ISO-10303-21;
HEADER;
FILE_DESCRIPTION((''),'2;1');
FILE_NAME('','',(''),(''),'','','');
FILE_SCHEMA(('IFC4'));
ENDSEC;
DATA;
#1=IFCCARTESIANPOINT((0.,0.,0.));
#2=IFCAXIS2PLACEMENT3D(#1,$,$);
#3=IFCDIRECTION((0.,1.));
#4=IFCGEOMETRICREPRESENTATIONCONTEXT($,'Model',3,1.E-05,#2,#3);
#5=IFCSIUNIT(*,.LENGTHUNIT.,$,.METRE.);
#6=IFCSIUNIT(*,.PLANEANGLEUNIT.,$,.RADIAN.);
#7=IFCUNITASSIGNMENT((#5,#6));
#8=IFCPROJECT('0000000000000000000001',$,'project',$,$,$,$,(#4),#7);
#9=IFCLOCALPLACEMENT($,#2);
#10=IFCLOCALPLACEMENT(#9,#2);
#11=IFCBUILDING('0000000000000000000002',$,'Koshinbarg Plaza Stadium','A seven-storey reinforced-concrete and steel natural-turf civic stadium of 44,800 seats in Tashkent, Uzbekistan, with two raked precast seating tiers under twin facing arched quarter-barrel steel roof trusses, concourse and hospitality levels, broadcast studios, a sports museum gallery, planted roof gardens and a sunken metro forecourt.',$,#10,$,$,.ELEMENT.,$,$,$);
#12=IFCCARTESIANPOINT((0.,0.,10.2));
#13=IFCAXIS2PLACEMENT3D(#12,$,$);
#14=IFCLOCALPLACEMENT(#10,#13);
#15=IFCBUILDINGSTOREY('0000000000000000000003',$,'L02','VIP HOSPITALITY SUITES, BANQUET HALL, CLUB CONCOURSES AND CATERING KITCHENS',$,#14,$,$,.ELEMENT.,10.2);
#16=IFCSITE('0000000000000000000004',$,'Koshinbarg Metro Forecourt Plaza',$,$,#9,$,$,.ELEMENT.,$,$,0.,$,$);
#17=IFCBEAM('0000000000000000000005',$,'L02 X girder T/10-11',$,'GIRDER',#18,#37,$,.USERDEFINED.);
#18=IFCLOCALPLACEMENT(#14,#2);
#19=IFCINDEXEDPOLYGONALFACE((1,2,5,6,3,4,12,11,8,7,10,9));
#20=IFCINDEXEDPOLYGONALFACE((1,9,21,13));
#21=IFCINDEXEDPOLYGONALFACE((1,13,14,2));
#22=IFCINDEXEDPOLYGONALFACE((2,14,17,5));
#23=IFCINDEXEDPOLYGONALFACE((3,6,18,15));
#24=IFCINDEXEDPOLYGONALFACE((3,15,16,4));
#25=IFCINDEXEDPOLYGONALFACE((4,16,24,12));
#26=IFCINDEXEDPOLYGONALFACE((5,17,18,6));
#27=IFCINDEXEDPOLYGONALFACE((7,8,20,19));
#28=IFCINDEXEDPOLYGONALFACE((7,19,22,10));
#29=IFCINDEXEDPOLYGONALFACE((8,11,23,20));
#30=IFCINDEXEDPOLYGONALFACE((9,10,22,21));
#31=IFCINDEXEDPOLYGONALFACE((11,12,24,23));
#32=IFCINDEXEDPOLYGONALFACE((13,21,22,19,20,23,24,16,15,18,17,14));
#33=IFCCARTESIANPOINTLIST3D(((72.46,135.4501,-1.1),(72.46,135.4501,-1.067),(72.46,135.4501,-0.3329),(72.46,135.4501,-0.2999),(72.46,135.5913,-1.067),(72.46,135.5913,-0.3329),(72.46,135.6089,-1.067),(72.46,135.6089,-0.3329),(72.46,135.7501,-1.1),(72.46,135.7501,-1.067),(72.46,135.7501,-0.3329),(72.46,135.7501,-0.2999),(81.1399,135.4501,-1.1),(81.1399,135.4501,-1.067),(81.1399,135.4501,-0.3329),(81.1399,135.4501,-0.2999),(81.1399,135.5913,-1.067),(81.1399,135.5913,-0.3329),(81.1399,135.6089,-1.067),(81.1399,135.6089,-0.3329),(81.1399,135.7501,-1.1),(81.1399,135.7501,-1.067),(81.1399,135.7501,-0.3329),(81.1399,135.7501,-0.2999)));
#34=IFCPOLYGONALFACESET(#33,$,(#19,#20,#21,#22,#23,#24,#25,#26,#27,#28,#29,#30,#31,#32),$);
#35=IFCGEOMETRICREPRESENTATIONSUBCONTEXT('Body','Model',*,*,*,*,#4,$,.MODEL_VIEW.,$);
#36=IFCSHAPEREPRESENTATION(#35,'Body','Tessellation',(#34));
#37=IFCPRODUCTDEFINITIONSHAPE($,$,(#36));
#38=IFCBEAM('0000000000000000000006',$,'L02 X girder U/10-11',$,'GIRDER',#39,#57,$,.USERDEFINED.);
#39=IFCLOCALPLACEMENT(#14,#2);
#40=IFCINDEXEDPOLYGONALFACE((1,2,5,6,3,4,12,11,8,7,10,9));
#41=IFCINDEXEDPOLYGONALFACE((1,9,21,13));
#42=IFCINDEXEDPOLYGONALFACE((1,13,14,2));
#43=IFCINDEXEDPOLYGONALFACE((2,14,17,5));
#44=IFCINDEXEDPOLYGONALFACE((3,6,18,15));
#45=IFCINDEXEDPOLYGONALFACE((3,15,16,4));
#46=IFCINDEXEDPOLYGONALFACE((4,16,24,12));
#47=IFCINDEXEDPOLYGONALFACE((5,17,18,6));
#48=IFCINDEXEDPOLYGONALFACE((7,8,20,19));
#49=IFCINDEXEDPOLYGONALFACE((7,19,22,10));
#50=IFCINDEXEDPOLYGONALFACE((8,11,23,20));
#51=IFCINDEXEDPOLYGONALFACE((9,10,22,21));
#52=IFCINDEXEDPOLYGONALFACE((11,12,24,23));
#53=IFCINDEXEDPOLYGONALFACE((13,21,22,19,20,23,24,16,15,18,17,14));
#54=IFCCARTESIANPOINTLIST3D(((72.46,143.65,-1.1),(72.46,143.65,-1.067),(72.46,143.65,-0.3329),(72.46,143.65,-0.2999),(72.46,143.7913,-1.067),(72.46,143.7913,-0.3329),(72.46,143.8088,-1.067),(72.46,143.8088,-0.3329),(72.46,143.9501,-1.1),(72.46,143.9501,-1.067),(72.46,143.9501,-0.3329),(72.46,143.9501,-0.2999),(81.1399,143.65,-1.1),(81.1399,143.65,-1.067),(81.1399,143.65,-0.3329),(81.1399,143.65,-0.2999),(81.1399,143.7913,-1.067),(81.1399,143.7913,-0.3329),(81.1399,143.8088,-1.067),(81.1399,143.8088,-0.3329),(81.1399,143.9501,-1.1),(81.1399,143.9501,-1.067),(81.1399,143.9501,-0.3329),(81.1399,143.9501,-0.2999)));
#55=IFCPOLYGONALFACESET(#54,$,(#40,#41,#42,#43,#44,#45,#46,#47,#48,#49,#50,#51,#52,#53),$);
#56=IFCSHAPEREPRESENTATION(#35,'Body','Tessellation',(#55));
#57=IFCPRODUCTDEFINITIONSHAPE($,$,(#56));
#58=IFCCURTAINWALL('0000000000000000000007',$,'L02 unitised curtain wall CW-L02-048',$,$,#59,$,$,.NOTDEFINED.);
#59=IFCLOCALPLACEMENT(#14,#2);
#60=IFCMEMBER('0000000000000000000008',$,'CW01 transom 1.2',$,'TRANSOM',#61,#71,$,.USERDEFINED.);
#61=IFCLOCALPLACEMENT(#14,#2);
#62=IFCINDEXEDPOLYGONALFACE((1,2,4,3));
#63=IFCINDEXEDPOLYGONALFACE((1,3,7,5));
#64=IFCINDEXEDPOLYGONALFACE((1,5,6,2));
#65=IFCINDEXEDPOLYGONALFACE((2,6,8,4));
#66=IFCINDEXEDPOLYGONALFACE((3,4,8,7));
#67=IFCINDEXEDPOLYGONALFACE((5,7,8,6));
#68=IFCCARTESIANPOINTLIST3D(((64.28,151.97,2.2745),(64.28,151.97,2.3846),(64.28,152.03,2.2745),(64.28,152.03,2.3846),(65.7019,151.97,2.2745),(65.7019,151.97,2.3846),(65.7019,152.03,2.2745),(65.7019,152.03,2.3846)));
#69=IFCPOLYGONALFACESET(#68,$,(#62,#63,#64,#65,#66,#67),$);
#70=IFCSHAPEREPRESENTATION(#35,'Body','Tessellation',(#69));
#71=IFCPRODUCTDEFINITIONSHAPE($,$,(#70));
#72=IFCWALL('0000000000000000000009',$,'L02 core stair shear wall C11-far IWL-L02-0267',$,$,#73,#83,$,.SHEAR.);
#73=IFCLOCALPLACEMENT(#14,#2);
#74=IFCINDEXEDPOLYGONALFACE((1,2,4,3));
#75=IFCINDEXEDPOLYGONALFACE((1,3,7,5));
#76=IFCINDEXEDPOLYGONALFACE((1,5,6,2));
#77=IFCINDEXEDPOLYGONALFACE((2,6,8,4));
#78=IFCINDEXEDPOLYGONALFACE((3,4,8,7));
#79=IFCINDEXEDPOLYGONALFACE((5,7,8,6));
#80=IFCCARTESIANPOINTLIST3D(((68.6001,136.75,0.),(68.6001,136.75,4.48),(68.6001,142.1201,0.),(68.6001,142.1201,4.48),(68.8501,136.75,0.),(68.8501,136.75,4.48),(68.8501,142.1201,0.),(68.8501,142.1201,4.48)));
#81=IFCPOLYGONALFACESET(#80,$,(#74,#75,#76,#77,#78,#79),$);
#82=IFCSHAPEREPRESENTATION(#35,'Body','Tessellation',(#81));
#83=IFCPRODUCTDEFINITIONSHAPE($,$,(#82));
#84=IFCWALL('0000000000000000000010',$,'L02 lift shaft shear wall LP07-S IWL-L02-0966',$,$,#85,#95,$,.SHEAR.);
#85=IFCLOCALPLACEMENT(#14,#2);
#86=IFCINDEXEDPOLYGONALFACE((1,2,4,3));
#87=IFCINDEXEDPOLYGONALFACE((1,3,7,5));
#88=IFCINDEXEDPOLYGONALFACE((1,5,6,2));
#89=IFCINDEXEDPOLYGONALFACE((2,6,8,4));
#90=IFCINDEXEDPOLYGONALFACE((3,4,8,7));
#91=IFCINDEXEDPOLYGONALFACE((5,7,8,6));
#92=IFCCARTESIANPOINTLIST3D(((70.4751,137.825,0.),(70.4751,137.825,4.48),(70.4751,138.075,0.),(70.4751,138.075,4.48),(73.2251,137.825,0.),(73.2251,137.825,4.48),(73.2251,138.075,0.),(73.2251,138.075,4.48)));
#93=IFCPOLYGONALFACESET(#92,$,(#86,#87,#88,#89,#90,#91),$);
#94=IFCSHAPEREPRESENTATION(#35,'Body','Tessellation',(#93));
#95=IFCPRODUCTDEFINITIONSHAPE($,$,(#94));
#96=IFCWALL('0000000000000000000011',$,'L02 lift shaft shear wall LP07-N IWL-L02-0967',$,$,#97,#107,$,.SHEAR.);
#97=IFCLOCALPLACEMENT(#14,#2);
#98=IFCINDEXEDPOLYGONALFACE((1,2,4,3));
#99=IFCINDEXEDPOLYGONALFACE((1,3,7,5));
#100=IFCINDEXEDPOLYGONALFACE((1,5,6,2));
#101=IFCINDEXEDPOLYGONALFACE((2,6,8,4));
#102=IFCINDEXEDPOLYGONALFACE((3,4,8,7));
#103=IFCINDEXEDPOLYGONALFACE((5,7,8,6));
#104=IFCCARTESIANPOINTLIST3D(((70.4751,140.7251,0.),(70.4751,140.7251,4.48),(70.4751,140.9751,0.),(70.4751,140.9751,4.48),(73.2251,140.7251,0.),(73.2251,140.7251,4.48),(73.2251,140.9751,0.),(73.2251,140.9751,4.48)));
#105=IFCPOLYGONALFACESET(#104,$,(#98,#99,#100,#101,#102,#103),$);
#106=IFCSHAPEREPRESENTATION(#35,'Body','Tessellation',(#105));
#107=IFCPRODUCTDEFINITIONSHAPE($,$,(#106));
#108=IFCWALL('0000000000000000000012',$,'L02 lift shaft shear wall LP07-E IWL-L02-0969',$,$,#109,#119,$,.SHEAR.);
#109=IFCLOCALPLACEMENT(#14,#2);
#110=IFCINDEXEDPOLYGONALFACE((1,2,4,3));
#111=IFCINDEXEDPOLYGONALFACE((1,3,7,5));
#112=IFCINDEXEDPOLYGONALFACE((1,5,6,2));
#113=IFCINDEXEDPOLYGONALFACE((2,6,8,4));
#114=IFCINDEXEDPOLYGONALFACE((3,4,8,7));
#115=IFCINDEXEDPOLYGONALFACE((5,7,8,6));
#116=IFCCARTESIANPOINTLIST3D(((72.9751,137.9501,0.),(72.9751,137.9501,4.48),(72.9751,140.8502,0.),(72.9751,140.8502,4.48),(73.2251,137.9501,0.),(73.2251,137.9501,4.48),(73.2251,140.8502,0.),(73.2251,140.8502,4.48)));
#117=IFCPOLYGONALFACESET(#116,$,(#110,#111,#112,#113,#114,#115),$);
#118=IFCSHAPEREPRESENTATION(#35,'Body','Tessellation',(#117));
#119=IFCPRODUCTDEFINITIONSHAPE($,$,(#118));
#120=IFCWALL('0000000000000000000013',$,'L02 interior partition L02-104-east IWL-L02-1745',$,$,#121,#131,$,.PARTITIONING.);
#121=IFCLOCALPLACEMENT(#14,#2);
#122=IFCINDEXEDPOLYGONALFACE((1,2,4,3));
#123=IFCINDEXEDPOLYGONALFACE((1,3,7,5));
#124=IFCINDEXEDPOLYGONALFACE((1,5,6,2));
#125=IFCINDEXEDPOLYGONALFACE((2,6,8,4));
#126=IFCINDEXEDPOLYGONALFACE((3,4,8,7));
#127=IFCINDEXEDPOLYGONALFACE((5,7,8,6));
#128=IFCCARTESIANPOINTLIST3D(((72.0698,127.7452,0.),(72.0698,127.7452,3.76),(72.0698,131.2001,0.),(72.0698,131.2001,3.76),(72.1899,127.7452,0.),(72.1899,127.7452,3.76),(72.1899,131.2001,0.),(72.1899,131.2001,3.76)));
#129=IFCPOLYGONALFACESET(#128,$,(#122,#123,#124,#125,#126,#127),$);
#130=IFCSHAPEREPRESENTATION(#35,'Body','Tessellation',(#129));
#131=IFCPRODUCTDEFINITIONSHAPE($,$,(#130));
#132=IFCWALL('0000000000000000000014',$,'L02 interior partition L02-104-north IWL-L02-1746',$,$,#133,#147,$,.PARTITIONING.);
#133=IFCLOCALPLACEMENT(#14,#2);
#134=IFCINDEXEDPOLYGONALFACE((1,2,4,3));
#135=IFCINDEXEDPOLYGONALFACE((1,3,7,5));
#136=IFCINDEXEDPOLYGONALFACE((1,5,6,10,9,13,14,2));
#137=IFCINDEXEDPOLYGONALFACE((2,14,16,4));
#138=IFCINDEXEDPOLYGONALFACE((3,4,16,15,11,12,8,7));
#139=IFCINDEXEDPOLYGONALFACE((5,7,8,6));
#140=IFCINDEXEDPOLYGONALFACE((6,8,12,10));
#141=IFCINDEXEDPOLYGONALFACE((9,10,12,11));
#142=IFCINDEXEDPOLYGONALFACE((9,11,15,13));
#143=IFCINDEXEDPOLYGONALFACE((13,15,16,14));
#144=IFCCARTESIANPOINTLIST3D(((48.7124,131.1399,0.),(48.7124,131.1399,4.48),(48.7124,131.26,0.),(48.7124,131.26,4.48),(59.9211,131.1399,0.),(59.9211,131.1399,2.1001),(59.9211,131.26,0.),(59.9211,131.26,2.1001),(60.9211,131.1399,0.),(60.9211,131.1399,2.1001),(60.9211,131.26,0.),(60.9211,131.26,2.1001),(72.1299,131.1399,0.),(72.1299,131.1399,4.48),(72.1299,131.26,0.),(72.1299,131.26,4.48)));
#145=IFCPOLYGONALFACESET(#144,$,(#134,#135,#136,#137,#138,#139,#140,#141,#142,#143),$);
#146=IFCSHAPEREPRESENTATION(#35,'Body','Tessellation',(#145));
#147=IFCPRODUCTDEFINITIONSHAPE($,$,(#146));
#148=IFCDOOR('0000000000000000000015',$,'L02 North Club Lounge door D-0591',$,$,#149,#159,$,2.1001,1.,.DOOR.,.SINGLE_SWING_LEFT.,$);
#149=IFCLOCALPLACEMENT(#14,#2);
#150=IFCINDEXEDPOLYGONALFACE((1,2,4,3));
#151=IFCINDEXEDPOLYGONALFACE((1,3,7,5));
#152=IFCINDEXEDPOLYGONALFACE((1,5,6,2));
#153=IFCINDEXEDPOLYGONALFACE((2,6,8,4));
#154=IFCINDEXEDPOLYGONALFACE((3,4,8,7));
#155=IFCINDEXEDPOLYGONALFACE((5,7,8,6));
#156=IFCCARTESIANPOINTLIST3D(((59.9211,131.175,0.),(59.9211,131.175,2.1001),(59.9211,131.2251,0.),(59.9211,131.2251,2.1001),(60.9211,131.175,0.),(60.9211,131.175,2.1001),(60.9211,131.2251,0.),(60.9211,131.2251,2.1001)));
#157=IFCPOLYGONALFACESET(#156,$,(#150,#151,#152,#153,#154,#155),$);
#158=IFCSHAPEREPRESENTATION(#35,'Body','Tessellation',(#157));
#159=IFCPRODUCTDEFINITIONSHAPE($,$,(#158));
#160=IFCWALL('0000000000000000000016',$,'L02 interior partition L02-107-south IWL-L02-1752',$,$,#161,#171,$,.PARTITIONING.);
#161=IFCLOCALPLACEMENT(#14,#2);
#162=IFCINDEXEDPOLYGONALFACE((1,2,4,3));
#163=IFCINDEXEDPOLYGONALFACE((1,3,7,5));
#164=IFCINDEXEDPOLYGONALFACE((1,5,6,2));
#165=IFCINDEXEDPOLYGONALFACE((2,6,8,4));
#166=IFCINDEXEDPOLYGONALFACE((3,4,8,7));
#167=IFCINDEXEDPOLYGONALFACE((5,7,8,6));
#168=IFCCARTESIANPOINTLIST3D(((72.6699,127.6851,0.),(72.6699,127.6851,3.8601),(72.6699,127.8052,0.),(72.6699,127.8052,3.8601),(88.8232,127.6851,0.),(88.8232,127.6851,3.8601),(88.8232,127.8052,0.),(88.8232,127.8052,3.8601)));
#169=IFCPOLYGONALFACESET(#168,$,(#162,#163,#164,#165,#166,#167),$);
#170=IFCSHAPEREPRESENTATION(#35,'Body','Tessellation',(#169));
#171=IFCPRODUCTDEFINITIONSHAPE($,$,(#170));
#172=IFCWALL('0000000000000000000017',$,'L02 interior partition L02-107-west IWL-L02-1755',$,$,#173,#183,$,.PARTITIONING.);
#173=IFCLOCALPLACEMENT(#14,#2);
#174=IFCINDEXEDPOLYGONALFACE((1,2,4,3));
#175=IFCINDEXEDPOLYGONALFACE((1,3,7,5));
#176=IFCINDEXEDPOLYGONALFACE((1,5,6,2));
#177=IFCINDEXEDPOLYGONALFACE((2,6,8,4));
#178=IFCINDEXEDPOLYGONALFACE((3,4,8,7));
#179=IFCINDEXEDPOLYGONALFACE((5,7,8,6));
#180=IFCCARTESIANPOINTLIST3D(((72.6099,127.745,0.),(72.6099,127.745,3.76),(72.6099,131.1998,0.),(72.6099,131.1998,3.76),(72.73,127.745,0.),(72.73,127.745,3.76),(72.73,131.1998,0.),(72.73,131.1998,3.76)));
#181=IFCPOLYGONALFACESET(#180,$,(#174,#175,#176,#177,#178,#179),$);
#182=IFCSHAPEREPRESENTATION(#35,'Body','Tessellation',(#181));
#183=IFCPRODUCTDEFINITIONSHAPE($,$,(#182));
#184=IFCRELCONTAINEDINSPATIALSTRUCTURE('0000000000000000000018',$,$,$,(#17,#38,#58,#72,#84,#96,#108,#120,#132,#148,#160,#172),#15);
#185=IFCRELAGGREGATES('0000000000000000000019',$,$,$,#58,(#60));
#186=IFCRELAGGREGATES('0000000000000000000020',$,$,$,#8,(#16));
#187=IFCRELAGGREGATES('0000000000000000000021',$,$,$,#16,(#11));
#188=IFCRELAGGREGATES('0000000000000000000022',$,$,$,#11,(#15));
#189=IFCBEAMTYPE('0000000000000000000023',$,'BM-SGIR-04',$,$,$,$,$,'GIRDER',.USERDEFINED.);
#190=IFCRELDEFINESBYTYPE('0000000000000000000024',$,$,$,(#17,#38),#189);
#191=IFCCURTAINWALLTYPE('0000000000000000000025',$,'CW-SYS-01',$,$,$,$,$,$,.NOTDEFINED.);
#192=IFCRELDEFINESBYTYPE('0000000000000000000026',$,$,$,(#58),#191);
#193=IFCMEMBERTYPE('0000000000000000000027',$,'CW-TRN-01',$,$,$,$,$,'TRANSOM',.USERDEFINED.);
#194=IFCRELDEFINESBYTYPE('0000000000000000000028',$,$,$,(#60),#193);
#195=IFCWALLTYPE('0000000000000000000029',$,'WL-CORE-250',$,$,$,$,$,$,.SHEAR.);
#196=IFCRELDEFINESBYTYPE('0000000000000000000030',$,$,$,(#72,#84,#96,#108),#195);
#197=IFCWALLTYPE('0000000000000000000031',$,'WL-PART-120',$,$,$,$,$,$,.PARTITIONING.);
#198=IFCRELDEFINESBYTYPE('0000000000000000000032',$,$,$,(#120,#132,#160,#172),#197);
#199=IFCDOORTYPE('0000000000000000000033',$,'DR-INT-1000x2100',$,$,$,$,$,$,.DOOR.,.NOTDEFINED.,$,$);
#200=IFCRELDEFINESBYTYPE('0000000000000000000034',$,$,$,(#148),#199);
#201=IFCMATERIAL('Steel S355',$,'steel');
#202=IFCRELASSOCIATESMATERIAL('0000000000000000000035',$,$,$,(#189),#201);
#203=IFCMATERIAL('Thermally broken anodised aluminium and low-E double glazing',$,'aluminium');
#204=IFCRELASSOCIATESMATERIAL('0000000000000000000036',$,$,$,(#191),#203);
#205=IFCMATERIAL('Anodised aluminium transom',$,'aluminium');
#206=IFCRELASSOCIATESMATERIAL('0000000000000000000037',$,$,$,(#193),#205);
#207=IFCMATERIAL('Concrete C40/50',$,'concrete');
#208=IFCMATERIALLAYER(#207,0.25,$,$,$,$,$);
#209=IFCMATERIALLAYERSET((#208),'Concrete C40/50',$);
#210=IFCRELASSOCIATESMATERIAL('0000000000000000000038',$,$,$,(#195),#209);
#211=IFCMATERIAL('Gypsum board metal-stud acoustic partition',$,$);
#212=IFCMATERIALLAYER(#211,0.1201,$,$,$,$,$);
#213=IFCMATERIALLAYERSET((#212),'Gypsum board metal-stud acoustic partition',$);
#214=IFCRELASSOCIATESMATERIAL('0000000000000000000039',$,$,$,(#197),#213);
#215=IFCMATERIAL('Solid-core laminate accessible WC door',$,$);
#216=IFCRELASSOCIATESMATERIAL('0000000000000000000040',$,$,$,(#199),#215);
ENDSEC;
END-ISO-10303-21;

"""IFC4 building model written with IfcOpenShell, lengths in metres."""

from ifc_helpers import new_model, si_unit, direction, frame, frame_2d, origin, origin_2d, place, context, subcontext, project, spatial, rectangle, i_section, extrude, material, layer, layer_set, material_profile, profile_set, type_object, element, fill, aggregate, save


model = new_model("IFC4")

# Units and contexts
model_context = context("Model", 3, precision=1e-05, world=origin(), true_north=direction((0.0, 1.0)))
body_context = subcontext(model_context, "Body", "Model", "MODEL_VIEW")
ifc_project = project(units=[si_unit("LENGTHUNIT", "METRE"), si_unit("PLANEANGLEUNIT", "RADIAN")], contexts=[model_context])

# Site, building, storey
site_placement = place(None, origin())
site = spatial("IfcSite", under=ifc_project, at=site_placement, Name="Koshinbarg Metro Forecourt Plaza", CompositionType="ELEMENT", RefElevation=0.0)
building_placement = place(site_placement, origin())
building = spatial("IfcBuilding", under=site, at=building_placement, Name="Koshinbarg Plaza Stadium", Description="A seven-storey reinforced-concrete and steel natural-turf civic stadium of 44,800 seats in Tashkent, Uzbekistan, with two raked precast seating tiers under twin facing arched quarter-barrel steel roof trusses, concourse and hospitality levels, broadcast studios, a sports museum gallery, planted roof gardens and a sunken metro forecourt.", CompositionType="ELEMENT")
storey_placement = place(building_placement, frame((0.0, 0.0, 10.2)))
storey = spatial("IfcBuildingStorey", under=building, at=storey_placement, Name="L02", Description="VIP HOSPITALITY SUITES, BANQUET HALL, CLUB CONCOURSES AND CATERING KITCHENS", CompositionType="ELEMENT", Elevation=10.2)

# Shared definitions
ifc_material_1 = material(Name="Concrete C40/50", Category="concrete")

# Beams
ifc_material_2 = material(Name="Steel S355", Category="steel")
ifc_material_profile_1 = material_profile(ifc_material_2, i_section(OverallWidth=0.3, OverallDepth=0.8, WebThickness=0.0176, FlangeThickness=0.033, at=origin_2d()), Name="HEB 800")
ifc_profile_set_1 = profile_set([ifc_material_profile_1], Name="Steel S355")
beam_type_1 = type_object("IfcBeamType", Name="BM-SGIR-04", ElementType="GIRDER", PredefinedType="USERDEFINED", material=ifc_profile_set_1)
for number, where, z_axis, x_axis, name in (
    (1, (72.46, 135.6001, -0.7), (1.0, 0.0, 0.0), (0.0, 1.0, 0.0), "L02 X girder T/10-11"),
    (2, (72.46, 143.8, -0.7), (1.0, 0.0, 0.0), (0.0, 1.0, 0.0), "L02 X girder U/10-11"),
):
    element("IfcBeam", number, at=place(storey_placement, frame(where, z_axis=z_axis, x_axis=x_axis)), inside=storey, type_object=beam_type_1, Name=name, ObjectType="GIRDER", PredefinedType="USERDEFINED", context=body_context, shape_type="SweptSolid", body=[
        extrude(i_section(OverallWidth=0.3, OverallDepth=0.8, WebThickness=0.0176, FlangeThickness=0.033, at=origin_2d()), origin(), (0.0, 0.0, 1.0), 8.6799),
    ])

# Curtain wall, member
ifc_material_3 = material(Name="Thermally broken anodised aluminium and low-E double glazing", Category="aluminium")
curtain_wall_type = type_object("IfcCurtainWallType", Name="CW-SYS-01", PredefinedType="NOTDEFINED", material=ifc_material_3)
curtain_wall_placement = place(storey_placement, origin())
curtain_wall = element("IfcCurtainWall", 3, at=curtain_wall_placement, inside=storey, type_object=curtain_wall_type, Name="L02 unitised curtain wall CW-L02-048", PredefinedType="NOTDEFINED")
ifc_material_4 = material(Name="Anodised aluminium transom", Category="aluminium")
ifc_material_profile_2 = material_profile(ifc_material_4, rectangle(XDim=0.0601, YDim=0.1101, at=origin_2d()), Name="ALU 60x110")
ifc_profile_set_2 = profile_set([ifc_material_profile_2], Name="Anodised aluminium transom")
member_type = type_object("IfcMemberType", Name="CW-TRN-01", ElementType="TRANSOM", PredefinedType="USERDEFINED", material=ifc_profile_set_2)
member_placement = place(storey_placement, frame((64.28, 152.0, 2.3296), z_axis=(1.0, 0.0, 0.0), x_axis=(0.0, 1.0, 0.0)))
member = element("IfcMember", 4, at=member_placement, type_object=member_type, Name="CW01 transom 1.2", ObjectType="TRANSOM", PredefinedType="USERDEFINED", context=body_context, shape_type="SweptSolid", body=[
    extrude(rectangle(XDim=0.0601, YDim=0.1101, at=origin_2d()), origin(), (0.0, 0.0, 1.0), 1.4219),
])
aggregate(curtain_wall, [member])

# Walls
ifc_layer_1 = layer(ifc_material_1, 0.25)
ifc_layer_set_1 = layer_set([ifc_layer_1], Name="Concrete C40/50")
wall_type_1 = type_object("IfcWallType", Name="WL-CORE-250", PredefinedType="SHEAR", material=ifc_layer_set_1)
wall_1_placement = place(storey_placement, frame((68.7251, 136.75, 0.0), z_axis=(0.0, 0.0, 1.0), x_axis=(0.0, 1.0, 0.0)))
element("IfcWall", 5, at=wall_1_placement, inside=storey, type_object=wall_type_1, Name="L02 core stair shear wall C11-far IWL-L02-0267", PredefinedType="SHEAR", context=body_context, shape_type="SweptSolid", body=[
    extrude(rectangle(XDim=5.3701, YDim=0.25, at=frame_2d((2.6851, 0.0))), origin(), (0.0, 0.0, 1.0), 4.48),
])
for number, where, z_axis, x_axis, name in (
    (6, (70.4751, 137.95, 0.0), (0.0, 0.0, 1.0), (1.0, 0.0, 0.0), "L02 lift shaft shear wall LP07-S IWL-L02-0966"),
    (7, (73.2251, 140.8501, 0.0), (0.0, 0.0, 1.0), (-1.0, 0.0, 0.0), "L02 lift shaft shear wall LP07-N IWL-L02-0967"),
):
    element("IfcWall", number, at=place(storey_placement, frame(where, z_axis=z_axis, x_axis=x_axis)), inside=storey, type_object=wall_type_1, Name=name, PredefinedType="SHEAR", context=body_context, shape_type="SweptSolid", body=[
        extrude(rectangle(XDim=2.75, YDim=0.25, at=frame_2d((1.375, 0.0))), origin(), (0.0, 0.0, 1.0), 4.48),
    ])

# Walls
wall_2_placement = place(storey_placement, frame((73.1001, 137.95, 0.0), z_axis=(0.0, 0.0, 1.0), x_axis=(0.0, 1.0, 0.0)))
element("IfcWall", 8, at=wall_2_placement, inside=storey, type_object=wall_type_1, Name="L02 lift shaft shear wall LP07-E IWL-L02-0969", PredefinedType="SHEAR", context=body_context, shape_type="SweptSolid", body=[
    extrude(rectangle(XDim=2.9001, YDim=0.25, at=frame_2d((1.4502, 0.0))), origin(), (0.0, 0.0, 1.0), 4.48),
])
ifc_material_5 = material(Name="Gypsum board metal-stud acoustic partition")
ifc_layer_2 = layer(ifc_material_5, 0.1201)
ifc_layer_set_2 = layer_set([ifc_layer_2], Name="Gypsum board metal-stud acoustic partition")
wall_type_2 = type_object("IfcWallType", Name="WL-PART-120", PredefinedType="PARTITIONING", material=ifc_layer_set_2)
wall_3_placement = place(storey_placement, frame((72.1299, 127.7451, 0.0), z_axis=(0.0, 0.0, 1.0), x_axis=(0.0, 1.0, 0.0)))
element("IfcWall", 9, at=wall_3_placement, inside=storey, type_object=wall_type_2, Name="L02 interior partition L02-104-east IWL-L02-1745", PredefinedType="PARTITIONING", context=body_context, shape_type="SweptSolid", body=[
    extrude(rectangle(XDim=3.4548, YDim=0.1201, at=frame_2d((1.7275, 0.0))), origin(), (0.0, 0.0, 1.0), 3.76),
])

# Wall, opening, door
wall_4_placement = place(storey_placement, frame((72.1299, 131.2, 0.0), z_axis=(0.0, 0.0, 1.0), x_axis=(-1.0, 0.0, 0.0)))
wall_4 = element("IfcWall", 10, at=wall_4_placement, inside=storey, type_object=wall_type_2, Name="L02 interior partition L02-104-north IWL-L02-1746", PredefinedType="PARTITIONING", context=body_context, shape_type="SweptSolid", body=[
    extrude(rectangle(XDim=23.4175, YDim=0.1201, at=frame_2d((11.7087, 0.0))), origin(), (0.0, 0.0, 1.0), 4.48),
])
opening_1_placement = place(wall_4_placement, frame((11.2087, 0.0, 0.0)))
opening_1 = element("IfcOpeningElement", 11, at=opening_1_placement, cuts=wall_4, PredefinedType="OPENING", context=body_context, shape_type="SweptSolid", body=[
    extrude(rectangle(XDim=1.0, YDim=2.1001, at=frame_2d((0.5, 1.05))), frame((0.0, 0.0701, 0.0), z_axis=(0.0, -1.0, 0.0), x_axis=(1.0, 0.0, 0.0)), (0.0, 0.0, 1.0), 0.1401),
])
ifc_material_6 = material(Name="Solid-core laminate accessible WC door")
door_type_1 = type_object("IfcDoorType", Name="DR-INT-1000x2100", OperationType="NOTDEFINED", PredefinedType="DOOR", material=ifc_material_6)
door_1_placement = place(opening_1_placement, origin())
door_1 = element("IfcDoor", 12, at=door_1_placement, inside=storey, type_object=door_type_1, Name="L02 North Club Lounge door D-0591", OperationType="SINGLE_SWING_LEFT", OverallHeight=2.1001, OverallWidth=1.0, PredefinedType="DOOR", context=body_context, shape_type="SweptSolid", body=[
    extrude(rectangle(XDim=1.0, YDim=2.1001, at=frame_2d((0.5, 1.05))), frame((0.0, 0.0249, 0.0), z_axis=(0.0, -1.0, 0.0), x_axis=(1.0, 0.0, 0.0)), (0.0, 0.0, 1.0), 0.05),
])
fill(opening_1, door_1)

# Walls
wall_5_placement = place(storey_placement, frame((72.6699, 127.7451, 0.0), z_axis=(0.0, 0.0, 1.0), x_axis=(1.0, 0.0, 0.0)))
element("IfcWall", 13, at=wall_5_placement, inside=storey, type_object=wall_type_2, Name="L02 interior partition L02-107-south IWL-L02-1752", PredefinedType="PARTITIONING", context=body_context, shape_type="SweptSolid", body=[
    extrude(rectangle(XDim=16.1533, YDim=0.1201, at=frame_2d((8.0767, 0.0))), origin(), (0.0, 0.0, 1.0), 3.8601),
])
wall_6_placement = place(storey_placement, frame((72.6699, 131.2, 0.0), z_axis=(0.0, 0.0, 1.0), x_axis=(0.0, -1.0, 0.0)))
element("IfcWall", 14, at=wall_6_placement, inside=storey, type_object=wall_type_2, Name="L02 interior partition L02-107-west IWL-L02-1755", PredefinedType="PARTITIONING", context=body_context, shape_type="SweptSolid", body=[
    extrude(rectangle(XDim=3.4548, YDim=0.1201, at=frame_2d((1.7275, 0.0))), origin(), (0.0, 0.0, 1.0), 3.76),
])

save(model, "model.ifc")
